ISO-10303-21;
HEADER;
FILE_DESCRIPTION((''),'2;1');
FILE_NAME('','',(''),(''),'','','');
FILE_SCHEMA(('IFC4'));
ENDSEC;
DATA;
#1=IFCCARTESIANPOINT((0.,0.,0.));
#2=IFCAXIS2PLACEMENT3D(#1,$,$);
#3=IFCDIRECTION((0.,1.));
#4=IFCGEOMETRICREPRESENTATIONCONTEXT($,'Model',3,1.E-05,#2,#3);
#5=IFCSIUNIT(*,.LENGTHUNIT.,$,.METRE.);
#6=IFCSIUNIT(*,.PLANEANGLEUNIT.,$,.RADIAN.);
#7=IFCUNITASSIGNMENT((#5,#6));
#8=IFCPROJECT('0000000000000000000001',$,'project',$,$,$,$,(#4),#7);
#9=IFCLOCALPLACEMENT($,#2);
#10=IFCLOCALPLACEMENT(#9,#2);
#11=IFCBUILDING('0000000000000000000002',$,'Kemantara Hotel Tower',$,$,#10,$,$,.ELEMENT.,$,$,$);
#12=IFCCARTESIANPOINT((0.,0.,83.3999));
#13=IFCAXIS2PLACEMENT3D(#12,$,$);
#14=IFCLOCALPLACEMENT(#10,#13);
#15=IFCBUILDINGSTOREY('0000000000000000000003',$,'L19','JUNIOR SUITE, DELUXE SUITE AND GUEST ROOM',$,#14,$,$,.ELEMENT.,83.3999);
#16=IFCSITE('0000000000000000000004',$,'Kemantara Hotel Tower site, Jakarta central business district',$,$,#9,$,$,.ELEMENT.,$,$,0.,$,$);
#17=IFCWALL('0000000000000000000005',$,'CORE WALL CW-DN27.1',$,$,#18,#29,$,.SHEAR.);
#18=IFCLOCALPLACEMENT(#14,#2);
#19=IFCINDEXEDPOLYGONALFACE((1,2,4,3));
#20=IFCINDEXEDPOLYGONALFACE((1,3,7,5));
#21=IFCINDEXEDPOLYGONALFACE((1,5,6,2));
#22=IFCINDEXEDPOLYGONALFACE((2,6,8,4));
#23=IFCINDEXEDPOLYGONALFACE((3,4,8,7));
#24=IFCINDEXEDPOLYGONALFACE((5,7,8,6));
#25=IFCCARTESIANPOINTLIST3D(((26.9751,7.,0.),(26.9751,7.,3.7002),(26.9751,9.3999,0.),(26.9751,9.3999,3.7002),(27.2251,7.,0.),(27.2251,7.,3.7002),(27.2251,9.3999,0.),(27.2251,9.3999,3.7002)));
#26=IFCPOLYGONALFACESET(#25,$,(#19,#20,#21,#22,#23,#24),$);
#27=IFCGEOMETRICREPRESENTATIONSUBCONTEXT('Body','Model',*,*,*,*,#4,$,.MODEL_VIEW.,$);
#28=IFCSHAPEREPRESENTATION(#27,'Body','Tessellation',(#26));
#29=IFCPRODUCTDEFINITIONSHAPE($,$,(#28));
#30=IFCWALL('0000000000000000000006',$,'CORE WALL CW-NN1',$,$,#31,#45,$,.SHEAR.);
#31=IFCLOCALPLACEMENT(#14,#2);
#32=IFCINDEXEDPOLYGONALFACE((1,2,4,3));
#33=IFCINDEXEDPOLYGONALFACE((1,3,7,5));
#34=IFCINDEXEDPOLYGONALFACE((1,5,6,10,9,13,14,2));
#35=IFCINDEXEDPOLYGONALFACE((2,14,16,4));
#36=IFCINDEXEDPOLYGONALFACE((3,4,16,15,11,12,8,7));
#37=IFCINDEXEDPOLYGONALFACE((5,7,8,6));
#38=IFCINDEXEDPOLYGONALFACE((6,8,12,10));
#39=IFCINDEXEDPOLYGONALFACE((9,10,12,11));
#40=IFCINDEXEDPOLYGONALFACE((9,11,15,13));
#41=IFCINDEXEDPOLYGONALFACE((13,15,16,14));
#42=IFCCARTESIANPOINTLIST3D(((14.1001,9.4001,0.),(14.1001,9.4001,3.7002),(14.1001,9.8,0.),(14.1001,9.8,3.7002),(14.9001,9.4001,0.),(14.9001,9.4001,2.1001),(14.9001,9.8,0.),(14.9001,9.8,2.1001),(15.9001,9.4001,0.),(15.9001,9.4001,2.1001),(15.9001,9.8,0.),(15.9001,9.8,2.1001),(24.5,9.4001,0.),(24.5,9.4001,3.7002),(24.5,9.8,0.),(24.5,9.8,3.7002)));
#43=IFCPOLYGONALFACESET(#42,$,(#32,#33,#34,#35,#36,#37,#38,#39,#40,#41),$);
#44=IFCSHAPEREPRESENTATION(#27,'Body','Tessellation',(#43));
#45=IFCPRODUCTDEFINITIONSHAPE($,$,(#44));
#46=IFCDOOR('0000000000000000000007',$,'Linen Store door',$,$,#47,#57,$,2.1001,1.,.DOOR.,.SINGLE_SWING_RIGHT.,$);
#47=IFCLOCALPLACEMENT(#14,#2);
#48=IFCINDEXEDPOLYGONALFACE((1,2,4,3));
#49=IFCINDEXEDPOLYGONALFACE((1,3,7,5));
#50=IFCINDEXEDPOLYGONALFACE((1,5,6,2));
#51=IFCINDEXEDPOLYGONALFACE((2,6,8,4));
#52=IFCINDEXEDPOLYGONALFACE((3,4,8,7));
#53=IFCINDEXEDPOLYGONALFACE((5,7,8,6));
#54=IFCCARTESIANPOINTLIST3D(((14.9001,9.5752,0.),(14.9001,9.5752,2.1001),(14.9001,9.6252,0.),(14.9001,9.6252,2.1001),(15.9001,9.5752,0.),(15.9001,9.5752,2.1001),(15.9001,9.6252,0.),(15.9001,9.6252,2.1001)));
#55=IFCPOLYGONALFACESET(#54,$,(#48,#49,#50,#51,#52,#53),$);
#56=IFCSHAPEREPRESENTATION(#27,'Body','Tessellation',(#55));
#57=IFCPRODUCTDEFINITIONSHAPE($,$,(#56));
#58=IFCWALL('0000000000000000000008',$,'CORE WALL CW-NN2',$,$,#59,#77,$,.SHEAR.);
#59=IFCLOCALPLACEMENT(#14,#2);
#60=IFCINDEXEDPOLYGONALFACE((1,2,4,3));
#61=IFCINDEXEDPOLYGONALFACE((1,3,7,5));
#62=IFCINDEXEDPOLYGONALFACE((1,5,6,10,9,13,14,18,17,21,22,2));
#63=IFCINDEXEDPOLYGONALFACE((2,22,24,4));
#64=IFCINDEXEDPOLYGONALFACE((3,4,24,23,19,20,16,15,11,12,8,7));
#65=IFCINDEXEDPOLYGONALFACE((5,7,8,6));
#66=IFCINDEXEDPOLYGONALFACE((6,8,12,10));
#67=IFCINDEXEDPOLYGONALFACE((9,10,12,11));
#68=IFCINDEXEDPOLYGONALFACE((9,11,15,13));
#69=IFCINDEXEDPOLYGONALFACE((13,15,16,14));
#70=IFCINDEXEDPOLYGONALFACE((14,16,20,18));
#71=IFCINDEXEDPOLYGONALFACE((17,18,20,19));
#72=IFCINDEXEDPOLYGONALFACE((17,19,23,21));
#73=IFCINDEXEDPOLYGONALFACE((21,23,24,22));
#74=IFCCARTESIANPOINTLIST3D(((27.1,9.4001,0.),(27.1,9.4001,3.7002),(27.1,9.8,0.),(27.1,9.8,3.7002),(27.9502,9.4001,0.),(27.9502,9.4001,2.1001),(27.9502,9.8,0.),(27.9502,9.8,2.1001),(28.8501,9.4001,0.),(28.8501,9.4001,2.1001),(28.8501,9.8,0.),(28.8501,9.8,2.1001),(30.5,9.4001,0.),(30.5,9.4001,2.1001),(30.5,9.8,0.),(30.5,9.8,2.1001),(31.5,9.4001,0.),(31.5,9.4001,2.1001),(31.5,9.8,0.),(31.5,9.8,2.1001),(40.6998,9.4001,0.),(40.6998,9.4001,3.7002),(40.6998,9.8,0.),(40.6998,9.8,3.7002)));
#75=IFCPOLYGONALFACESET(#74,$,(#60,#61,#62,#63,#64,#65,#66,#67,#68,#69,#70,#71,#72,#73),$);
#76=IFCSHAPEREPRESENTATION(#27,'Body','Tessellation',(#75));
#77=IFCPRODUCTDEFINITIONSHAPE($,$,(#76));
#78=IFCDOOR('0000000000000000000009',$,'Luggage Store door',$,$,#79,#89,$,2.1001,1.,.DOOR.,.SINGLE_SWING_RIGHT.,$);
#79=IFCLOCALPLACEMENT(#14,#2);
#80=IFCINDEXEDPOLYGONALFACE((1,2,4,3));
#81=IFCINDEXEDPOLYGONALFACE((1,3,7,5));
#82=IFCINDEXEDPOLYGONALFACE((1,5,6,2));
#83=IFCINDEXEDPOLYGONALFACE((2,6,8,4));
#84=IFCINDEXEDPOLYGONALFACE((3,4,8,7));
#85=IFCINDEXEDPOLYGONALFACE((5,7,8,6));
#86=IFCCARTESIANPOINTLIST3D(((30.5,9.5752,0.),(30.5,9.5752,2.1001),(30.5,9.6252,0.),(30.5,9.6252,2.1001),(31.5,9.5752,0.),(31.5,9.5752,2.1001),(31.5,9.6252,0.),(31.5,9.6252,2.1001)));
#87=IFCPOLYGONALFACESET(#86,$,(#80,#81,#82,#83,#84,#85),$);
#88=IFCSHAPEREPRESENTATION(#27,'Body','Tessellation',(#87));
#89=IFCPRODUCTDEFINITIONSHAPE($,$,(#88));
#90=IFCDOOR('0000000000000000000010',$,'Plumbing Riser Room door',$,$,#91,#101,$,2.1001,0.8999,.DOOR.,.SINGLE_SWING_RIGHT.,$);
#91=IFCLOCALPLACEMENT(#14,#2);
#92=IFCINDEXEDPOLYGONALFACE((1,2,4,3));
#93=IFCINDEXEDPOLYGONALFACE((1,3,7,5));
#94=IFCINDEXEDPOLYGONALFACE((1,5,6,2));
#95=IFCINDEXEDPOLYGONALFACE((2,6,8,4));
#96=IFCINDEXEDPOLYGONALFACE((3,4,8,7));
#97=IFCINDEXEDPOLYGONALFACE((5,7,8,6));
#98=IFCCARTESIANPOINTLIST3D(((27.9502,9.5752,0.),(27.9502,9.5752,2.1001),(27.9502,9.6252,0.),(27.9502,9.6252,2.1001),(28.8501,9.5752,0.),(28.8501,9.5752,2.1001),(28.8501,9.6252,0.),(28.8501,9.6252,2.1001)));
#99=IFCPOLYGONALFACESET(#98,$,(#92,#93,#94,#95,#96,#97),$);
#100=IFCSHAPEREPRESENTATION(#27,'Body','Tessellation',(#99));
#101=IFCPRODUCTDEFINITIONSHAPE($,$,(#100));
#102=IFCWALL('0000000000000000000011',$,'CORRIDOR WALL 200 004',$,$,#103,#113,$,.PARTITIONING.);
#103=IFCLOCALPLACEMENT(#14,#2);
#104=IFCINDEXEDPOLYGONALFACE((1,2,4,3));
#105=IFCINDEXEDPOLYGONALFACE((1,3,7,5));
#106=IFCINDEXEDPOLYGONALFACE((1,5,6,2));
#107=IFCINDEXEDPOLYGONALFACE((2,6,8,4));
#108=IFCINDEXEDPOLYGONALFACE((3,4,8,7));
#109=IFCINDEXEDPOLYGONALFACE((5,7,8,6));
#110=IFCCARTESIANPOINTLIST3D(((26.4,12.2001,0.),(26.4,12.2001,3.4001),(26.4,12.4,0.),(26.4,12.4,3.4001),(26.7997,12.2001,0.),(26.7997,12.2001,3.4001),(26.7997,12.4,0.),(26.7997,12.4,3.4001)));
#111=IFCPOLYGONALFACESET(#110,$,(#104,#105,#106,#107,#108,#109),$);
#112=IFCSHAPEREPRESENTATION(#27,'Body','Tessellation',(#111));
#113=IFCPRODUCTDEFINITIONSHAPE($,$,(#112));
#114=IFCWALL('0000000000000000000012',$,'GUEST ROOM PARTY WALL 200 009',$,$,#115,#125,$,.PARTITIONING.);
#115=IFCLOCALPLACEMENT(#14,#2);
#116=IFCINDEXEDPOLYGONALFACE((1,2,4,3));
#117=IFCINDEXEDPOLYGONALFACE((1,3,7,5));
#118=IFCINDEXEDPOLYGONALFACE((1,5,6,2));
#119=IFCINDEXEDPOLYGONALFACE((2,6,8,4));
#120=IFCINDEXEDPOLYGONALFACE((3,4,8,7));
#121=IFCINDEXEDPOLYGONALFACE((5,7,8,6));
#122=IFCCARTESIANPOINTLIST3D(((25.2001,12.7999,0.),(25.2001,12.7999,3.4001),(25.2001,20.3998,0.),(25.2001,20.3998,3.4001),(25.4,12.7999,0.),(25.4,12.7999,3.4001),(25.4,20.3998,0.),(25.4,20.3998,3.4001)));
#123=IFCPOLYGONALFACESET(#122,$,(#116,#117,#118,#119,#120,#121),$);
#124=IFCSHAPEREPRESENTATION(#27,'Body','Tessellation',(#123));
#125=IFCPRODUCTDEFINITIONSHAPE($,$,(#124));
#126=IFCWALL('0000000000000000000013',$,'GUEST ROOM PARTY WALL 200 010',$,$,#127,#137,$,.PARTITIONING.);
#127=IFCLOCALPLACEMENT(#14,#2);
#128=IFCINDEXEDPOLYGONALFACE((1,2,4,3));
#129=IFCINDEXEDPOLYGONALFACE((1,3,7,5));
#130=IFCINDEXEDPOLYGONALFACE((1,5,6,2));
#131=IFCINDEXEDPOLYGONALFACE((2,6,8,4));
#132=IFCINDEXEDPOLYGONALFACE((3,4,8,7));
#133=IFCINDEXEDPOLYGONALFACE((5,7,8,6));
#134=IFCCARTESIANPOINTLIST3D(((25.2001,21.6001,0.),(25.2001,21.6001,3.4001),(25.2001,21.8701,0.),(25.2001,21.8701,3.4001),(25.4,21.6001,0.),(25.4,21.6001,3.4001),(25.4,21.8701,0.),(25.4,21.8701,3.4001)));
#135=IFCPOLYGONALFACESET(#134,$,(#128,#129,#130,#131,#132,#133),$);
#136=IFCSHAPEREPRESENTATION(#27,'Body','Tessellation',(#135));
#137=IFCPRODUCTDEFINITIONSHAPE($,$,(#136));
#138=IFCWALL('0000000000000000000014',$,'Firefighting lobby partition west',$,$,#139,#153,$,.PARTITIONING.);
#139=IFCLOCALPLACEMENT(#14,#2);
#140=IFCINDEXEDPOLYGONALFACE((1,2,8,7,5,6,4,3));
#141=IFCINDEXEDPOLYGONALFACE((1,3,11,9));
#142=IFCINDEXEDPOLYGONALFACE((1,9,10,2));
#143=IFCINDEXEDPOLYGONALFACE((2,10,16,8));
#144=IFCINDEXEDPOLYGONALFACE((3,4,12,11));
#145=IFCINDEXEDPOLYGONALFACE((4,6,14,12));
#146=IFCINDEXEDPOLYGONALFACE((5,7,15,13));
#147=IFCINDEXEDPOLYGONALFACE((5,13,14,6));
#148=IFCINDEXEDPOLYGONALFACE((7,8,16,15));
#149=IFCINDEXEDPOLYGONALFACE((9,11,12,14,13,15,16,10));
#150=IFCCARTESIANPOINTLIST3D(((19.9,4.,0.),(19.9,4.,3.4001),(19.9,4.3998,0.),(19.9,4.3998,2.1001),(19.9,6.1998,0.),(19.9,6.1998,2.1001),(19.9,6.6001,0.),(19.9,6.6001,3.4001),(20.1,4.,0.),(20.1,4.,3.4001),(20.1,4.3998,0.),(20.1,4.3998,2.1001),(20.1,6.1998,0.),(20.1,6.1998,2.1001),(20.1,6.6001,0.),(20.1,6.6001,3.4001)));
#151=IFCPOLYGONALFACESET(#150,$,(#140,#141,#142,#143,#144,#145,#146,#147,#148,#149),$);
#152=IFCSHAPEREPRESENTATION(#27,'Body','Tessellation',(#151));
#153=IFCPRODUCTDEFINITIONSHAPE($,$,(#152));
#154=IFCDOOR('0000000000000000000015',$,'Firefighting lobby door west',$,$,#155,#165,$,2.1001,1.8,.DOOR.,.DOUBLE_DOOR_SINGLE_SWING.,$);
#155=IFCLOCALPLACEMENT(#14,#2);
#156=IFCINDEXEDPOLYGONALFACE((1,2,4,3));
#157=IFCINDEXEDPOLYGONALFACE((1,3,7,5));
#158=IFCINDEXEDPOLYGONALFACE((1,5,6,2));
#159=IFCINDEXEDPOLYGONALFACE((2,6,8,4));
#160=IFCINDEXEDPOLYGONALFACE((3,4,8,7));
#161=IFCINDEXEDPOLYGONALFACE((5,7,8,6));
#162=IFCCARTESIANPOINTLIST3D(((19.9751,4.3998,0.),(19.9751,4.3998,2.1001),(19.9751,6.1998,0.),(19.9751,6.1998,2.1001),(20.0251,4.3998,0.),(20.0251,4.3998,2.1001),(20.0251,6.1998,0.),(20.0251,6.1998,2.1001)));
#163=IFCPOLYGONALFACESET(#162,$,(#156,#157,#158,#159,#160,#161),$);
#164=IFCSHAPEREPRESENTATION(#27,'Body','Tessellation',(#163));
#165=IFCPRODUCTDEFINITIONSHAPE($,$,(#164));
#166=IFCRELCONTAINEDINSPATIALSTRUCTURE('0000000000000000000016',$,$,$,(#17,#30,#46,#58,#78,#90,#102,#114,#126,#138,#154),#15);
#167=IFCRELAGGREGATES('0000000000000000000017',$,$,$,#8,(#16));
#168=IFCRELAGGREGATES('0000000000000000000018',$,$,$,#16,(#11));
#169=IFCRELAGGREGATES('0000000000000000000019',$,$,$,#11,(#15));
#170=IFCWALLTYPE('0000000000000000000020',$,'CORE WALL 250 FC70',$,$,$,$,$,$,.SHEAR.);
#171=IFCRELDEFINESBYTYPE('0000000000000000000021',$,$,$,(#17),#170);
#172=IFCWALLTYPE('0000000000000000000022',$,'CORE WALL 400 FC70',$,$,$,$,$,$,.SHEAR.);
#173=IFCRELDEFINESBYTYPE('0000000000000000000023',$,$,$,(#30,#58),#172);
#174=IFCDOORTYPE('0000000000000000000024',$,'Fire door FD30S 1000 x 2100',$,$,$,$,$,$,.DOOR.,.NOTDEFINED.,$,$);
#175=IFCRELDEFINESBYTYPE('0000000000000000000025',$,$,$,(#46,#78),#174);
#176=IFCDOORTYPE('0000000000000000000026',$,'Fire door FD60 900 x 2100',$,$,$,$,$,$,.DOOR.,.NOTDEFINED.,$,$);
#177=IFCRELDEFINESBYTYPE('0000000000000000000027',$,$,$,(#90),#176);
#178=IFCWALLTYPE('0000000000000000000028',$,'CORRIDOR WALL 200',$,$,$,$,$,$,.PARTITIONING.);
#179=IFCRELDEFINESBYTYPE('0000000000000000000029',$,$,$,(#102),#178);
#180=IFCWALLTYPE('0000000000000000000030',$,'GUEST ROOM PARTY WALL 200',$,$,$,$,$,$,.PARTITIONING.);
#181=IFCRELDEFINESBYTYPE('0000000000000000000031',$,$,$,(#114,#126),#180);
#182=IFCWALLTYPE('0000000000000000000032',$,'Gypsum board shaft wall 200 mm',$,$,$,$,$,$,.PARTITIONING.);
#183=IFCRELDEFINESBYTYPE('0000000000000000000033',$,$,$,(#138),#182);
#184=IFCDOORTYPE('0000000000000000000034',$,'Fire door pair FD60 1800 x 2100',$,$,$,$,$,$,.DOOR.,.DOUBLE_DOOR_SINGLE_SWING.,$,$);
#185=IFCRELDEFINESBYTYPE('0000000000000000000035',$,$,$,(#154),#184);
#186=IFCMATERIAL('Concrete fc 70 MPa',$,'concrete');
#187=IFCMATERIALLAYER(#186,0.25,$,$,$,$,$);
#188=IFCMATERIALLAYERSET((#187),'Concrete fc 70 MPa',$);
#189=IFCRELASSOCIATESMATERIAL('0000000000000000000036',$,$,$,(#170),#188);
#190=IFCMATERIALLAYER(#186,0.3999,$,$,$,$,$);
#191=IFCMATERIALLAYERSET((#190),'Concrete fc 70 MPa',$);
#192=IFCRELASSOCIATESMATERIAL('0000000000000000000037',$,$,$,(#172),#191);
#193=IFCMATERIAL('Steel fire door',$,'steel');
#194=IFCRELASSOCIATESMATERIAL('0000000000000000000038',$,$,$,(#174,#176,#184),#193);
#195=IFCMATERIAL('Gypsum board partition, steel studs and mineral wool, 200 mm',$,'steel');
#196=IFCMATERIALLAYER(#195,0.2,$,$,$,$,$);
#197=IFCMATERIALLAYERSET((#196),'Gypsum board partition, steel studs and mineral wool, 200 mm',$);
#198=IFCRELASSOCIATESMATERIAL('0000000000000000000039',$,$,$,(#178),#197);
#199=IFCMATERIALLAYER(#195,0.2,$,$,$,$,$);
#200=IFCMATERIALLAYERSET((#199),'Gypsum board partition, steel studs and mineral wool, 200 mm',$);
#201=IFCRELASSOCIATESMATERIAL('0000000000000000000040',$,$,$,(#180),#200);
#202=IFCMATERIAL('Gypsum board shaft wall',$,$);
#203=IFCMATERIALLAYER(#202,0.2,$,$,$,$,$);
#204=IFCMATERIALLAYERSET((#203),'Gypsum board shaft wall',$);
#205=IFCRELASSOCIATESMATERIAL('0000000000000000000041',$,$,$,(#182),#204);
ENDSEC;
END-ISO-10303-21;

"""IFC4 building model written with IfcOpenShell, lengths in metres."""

from ifc_helpers import new_model, si_unit, direction, frame, frame_2d, origin, place, context, subcontext, project, spatial, rectangle, extrude, material, layer, layer_set, type_object, element, fill, save


model = new_model("IFC4")

# Units and contexts
model_context = context("Model", 3, precision=1e-05, world=origin(), true_north=direction((0.0, 1.0)))
body_context = subcontext(model_context, "Body", "Model", "MODEL_VIEW")
ifc_project = project(units=[si_unit("LENGTHUNIT", "METRE"), si_unit("PLANEANGLEUNIT", "RADIAN")], contexts=[model_context])

# Site, building, storey
site_placement = place(None, origin())
site = spatial("IfcSite", under=ifc_project, at=site_placement, Name="Kemantara Hotel Tower site, Jakarta central business district", CompositionType="ELEMENT", RefElevation=0.0)
building_placement = place(site_placement, origin())
building = spatial("IfcBuilding", under=site, at=building_placement, Name="Kemantara Hotel Tower", CompositionType="ELEMENT")
storey_placement = place(building_placement, frame((0.0, 0.0, 83.3999)))
storey = spatial("IfcBuildingStorey", under=building, at=storey_placement, Name="L19", Description="JUNIOR SUITE, DELUXE SUITE AND GUEST ROOM", CompositionType="ELEMENT", Elevation=83.3999)

# Shared definitions
ifc_material_1 = material(Name="Concrete fc 70 MPa", Category="concrete")

# Wall
ifc_layer_1 = layer(ifc_material_1, 0.25)
ifc_layer_set_1 = layer_set([ifc_layer_1], Name="Concrete fc 70 MPa")
wall_type_1 = type_object("IfcWallType", Name="CORE WALL 250 FC70", PredefinedType="SHEAR", material=ifc_layer_set_1)
for number, where, z_axis, x_axis, name in (
    (1, (27.1001, 7.0, 0.0), (0.0, 0.0, 1.0), (0.0, 1.0, 0.0), "CORE WALL CW-DN27.1"),
):
    element("IfcWall", number, at=place(storey_placement, frame(where, z_axis=z_axis, x_axis=x_axis)), inside=storey, type_object=wall_type_1, Name=name, PredefinedType="SHEAR", context=body_context, shape_type="SweptSolid", body=[
        extrude(rectangle(XDim=2.3999, YDim=0.25, at=frame_2d((1.2, 0.0))), origin(), (0.0, 0.0, 1.0), 3.7002),
    ])

# Wall, opening, door
ifc_layer_2 = layer(ifc_material_1, 0.3999)
ifc_layer_set_2 = layer_set([ifc_layer_2], Name="Concrete fc 70 MPa")
wall_type_2 = type_object("IfcWallType", Name="CORE WALL 400 FC70", PredefinedType="SHEAR", material=ifc_layer_set_2)
wall_1_placement = place(storey_placement, frame((14.1001, 9.6001, 0.0), z_axis=(0.0, 0.0, 1.0), x_axis=(1.0, 0.0, 0.0)))
wall_1 = element("IfcWall", 2, at=wall_1_placement, inside=storey, type_object=wall_type_2, Name="CORE WALL CW-NN1", PredefinedType="SHEAR", context=body_context, shape_type="SweptSolid", body=[
    extrude(rectangle(XDim=10.3999, YDim=0.3999, at=frame_2d((5.2, 0.0))), origin(), (0.0, 0.0, 1.0), 3.7002),
])
opening_1_placement = place(wall_1_placement, frame((0.8, 0.0, 0.0)))
opening_1 = element("IfcOpeningElement", 3, at=opening_1_placement, cuts=wall_1, PredefinedType="OPENING", context=body_context, shape_type="SweptSolid", body=[
    extrude(rectangle(XDim=1.0, YDim=2.1001, at=frame_2d((0.5, 1.05))), frame((0.0, 0.21, 0.0), z_axis=(0.0, -1.0, 0.0), x_axis=(1.0, 0.0, 0.0)), (0.0, 0.0, 1.0), 0.4199),
])
ifc_material_2 = material(Name="Steel fire door", Category="steel")
door_type_1 = type_object("IfcDoorType", Name="Fire door FD30S 1000 x 2100", OperationType="NOTDEFINED", PredefinedType="DOOR", material=ifc_material_2)
door_1_placement = place(opening_1_placement, frame((1.0, 0.0, 0.0), z_axis=(0.0, 0.0, 1.0), x_axis=(-1.0, 0.0, 0.0)))
door_1 = element("IfcDoor", 4, at=door_1_placement, inside=storey, type_object=door_type_1, Name="Linen Store door", OperationType="SINGLE_SWING_RIGHT", OverallHeight=2.1001, OverallWidth=1.0, PredefinedType="DOOR", context=body_context, shape_type="SweptSolid", body=[
    extrude(rectangle(XDim=1.0, YDim=2.1001, at=frame_2d((0.5, 1.05))), frame((0.0, 0.0249, 0.0), z_axis=(0.0, -1.0, 0.0), x_axis=(1.0, 0.0, 0.0)), (0.0, 0.0, 1.0), 0.05),
])
fill(opening_1, door_1)

# Wall, openings, doors
wall_2_placement = place(storey_placement, frame((27.1001, 9.6001, 0.0), z_axis=(0.0, 0.0, 1.0), x_axis=(1.0, 0.0, 0.0)))
wall_2 = element("IfcWall", 5, at=wall_2_placement, inside=storey, type_object=wall_type_2, Name="CORE WALL CW-NN2", PredefinedType="SHEAR", context=body_context, shape_type="SweptSolid", body=[
    extrude(rectangle(XDim=13.5999, YDim=0.3999, at=frame_2d((6.7998, 0.0))), origin(), (0.0, 0.0, 1.0), 3.7002),
])
opening_2_placement = place(wall_2_placement, frame((0.8501, 0.0, 0.0)))
opening_2 = element("IfcOpeningElement", 6, at=opening_2_placement, cuts=wall_2, PredefinedType="OPENING", context=body_context, shape_type="SweptSolid", body=[
    extrude(rectangle(XDim=0.8999, YDim=2.1001, at=frame_2d((0.45, 1.05))), frame((0.0, 0.21, 0.0), z_axis=(0.0, -1.0, 0.0), x_axis=(1.0, 0.0, 0.0)), (0.0, 0.0, 1.0), 0.4199),
])
opening_3_placement = place(wall_2_placement, frame((3.3999, 0.0, 0.0)))
opening_3 = element("IfcOpeningElement", 7, at=opening_3_placement, cuts=wall_2, PredefinedType="OPENING", context=body_context, shape_type="SweptSolid", body=[
    extrude(rectangle(XDim=1.0, YDim=2.1001, at=frame_2d((0.5, 1.05))), frame((0.0, 0.21, 0.0), z_axis=(0.0, -1.0, 0.0), x_axis=(1.0, 0.0, 0.0)), (0.0, 0.0, 1.0), 0.4199),
])
door_2_placement = place(opening_3_placement, frame((1.0, 0.0, 0.0), z_axis=(0.0, 0.0, 1.0), x_axis=(-1.0, 0.0, 0.0)))
door_2 = element("IfcDoor", 8, at=door_2_placement, inside=storey, type_object=door_type_1, Name="Luggage Store door", OperationType="SINGLE_SWING_RIGHT", OverallHeight=2.1001, OverallWidth=1.0, PredefinedType="DOOR", context=body_context, shape_type="SweptSolid", body=[
    extrude(rectangle(XDim=1.0, YDim=2.1001, at=frame_2d((0.5, 1.05))), frame((0.0, 0.0249, 0.0), z_axis=(0.0, -1.0, 0.0), x_axis=(1.0, 0.0, 0.0)), (0.0, 0.0, 1.0), 0.05),
])
fill(opening_3, door_2)
door_type_2 = type_object("IfcDoorType", Name="Fire door FD60 900 x 2100", OperationType="NOTDEFINED", PredefinedType="DOOR", material=ifc_material_2)
door_3_placement = place(opening_2_placement, frame((0.8999, 0.0, 0.0), z_axis=(0.0, 0.0, 1.0), x_axis=(-1.0, 0.0, 0.0)))
door_3 = element("IfcDoor", 9, at=door_3_placement, inside=storey, type_object=door_type_2, Name="Plumbing Riser Room door", OperationType="SINGLE_SWING_RIGHT", OverallHeight=2.1001, OverallWidth=0.8999, PredefinedType="DOOR", context=body_context, shape_type="SweptSolid", body=[
    extrude(rectangle(XDim=0.8999, YDim=2.1001, at=frame_2d((0.45, 1.05))), frame((0.0, 0.0249, 0.0), z_axis=(0.0, -1.0, 0.0), x_axis=(1.0, 0.0, 0.0)), (0.0, 0.0, 1.0), 0.05),
])
fill(opening_2, door_3)

# Walls
ifc_material_3 = material(Name="Gypsum board partition, steel studs and mineral wool, 200 mm", Category="steel")
ifc_layer_3 = layer(ifc_material_3, 0.2)
ifc_layer_set_3 = layer_set([ifc_layer_3], Name="Gypsum board partition, steel studs and mineral wool, 200 mm")
wall_type_3 = type_object("IfcWallType", Name="CORRIDOR WALL 200", PredefinedType="PARTITIONING", material=ifc_layer_set_3)
wall_3_placement = place(storey_placement, frame((26.4001, 12.3, 0.0), z_axis=(0.0, 0.0, 1.0), x_axis=(1.0, 0.0, 0.0)))
element("IfcWall", 10, at=wall_3_placement, inside=storey, type_object=wall_type_3, Name="CORRIDOR WALL 200 004", PredefinedType="PARTITIONING", context=body_context, shape_type="SweptSolid", body=[
    extrude(rectangle(XDim=0.3997, YDim=0.2, at=frame_2d((0.1997, 0.0))), origin(), (0.0, 0.0, 1.0), 3.4001),
])
ifc_layer_4 = layer(ifc_material_3, 0.2)
ifc_layer_set_4 = layer_set([ifc_layer_4], Name="Gypsum board partition, steel studs and mineral wool, 200 mm")
wall_type_4 = type_object("IfcWallType", Name="GUEST ROOM PARTY WALL 200", PredefinedType="PARTITIONING", material=ifc_layer_set_4)
wall_4_placement = place(storey_placement, frame((25.3, 12.8, 0.0), z_axis=(0.0, 0.0, 1.0), x_axis=(0.0, 1.0, 0.0)))
element("IfcWall", 11, at=wall_4_placement, inside=storey, type_object=wall_type_4, Name="GUEST ROOM PARTY WALL 200 009", PredefinedType="PARTITIONING", context=body_context, shape_type="SweptSolid", body=[
    extrude(rectangle(XDim=7.5999, YDim=0.2, at=frame_2d((3.7998, 0.0))), origin(), (0.0, 0.0, 1.0), 3.4001),
])
wall_5_placement = place(storey_placement, frame((25.3, 21.6001, 0.0), z_axis=(0.0, 0.0, 1.0), x_axis=(0.0, 1.0, 0.0)))
element("IfcWall", 12, at=wall_5_placement, inside=storey, type_object=wall_type_4, Name="GUEST ROOM PARTY WALL 200 010", PredefinedType="PARTITIONING", context=body_context, shape_type="SweptSolid", body=[
    extrude(rectangle(XDim=0.27, YDim=0.2, at=frame_2d((0.135, 0.0))), origin(), (0.0, 0.0, 1.0), 3.4001),
])

# Wall, opening, door
ifc_material_4 = material(Name="Gypsum board shaft wall")
ifc_layer_5 = layer(ifc_material_4, 0.2)
ifc_layer_set_5 = layer_set([ifc_layer_5], Name="Gypsum board shaft wall")
wall_type_5 = type_object("IfcWallType", Name="Gypsum board shaft wall 200 mm", PredefinedType="PARTITIONING", material=ifc_layer_set_5)
wall_6_placement = place(storey_placement, frame((20.0, 4.0, 0.0), z_axis=(0.0, 0.0, 1.0), x_axis=(0.0, 1.0, 0.0)))
wall_6 = element("IfcWall", 13, at=wall_6_placement, inside=storey, type_object=wall_type_5, Name="Firefighting lobby partition west", PredefinedType="PARTITIONING", context=body_context, shape_type="SweptSolid", body=[
    extrude(rectangle(XDim=2.6001, YDim=0.2, at=frame_2d((1.3, 0.0))), origin(), (0.0, 0.0, 1.0), 3.4001),
])
opening_4_placement = place(wall_6_placement, frame((0.3999, 0.0, 0.0)))
opening_4 = element("IfcOpeningElement", 14, at=opening_4_placement, cuts=wall_6, PredefinedType="OPENING", context=body_context, shape_type="SweptSolid", body=[
    extrude(rectangle(XDim=1.8, YDim=2.1001, at=frame_2d((0.8999, 1.05))), frame((0.0, 0.1099, 0.0), z_axis=(0.0, -1.0, 0.0), x_axis=(1.0, 0.0, 0.0)), (0.0, 0.0, 1.0), 0.22),
])
door_type_3 = type_object("IfcDoorType", Name="Fire door pair FD60 1800 x 2100", OperationType="DOUBLE_DOOR_SINGLE_SWING", PredefinedType="DOOR", material=ifc_material_2)
door_4_placement = place(opening_4_placement, origin())
door_4 = element("IfcDoor", 15, at=door_4_placement, inside=storey, type_object=door_type_3, Name="Firefighting lobby door west", OperationType="DOUBLE_DOOR_SINGLE_SWING", OverallHeight=2.1001, OverallWidth=1.8, PredefinedType="DOOR", context=body_context, shape_type="SweptSolid", body=[
    extrude(rectangle(XDim=1.8, YDim=2.1001, at=frame_2d((0.8999, 1.05))), frame((0.0, 0.0249, 0.0), z_axis=(0.0, -1.0, 0.0), x_axis=(1.0, 0.0, 0.0)), (0.0, 0.0, 1.0), 0.05),
])
fill(opening_4, door_4)

save(model, "model.ifc")
